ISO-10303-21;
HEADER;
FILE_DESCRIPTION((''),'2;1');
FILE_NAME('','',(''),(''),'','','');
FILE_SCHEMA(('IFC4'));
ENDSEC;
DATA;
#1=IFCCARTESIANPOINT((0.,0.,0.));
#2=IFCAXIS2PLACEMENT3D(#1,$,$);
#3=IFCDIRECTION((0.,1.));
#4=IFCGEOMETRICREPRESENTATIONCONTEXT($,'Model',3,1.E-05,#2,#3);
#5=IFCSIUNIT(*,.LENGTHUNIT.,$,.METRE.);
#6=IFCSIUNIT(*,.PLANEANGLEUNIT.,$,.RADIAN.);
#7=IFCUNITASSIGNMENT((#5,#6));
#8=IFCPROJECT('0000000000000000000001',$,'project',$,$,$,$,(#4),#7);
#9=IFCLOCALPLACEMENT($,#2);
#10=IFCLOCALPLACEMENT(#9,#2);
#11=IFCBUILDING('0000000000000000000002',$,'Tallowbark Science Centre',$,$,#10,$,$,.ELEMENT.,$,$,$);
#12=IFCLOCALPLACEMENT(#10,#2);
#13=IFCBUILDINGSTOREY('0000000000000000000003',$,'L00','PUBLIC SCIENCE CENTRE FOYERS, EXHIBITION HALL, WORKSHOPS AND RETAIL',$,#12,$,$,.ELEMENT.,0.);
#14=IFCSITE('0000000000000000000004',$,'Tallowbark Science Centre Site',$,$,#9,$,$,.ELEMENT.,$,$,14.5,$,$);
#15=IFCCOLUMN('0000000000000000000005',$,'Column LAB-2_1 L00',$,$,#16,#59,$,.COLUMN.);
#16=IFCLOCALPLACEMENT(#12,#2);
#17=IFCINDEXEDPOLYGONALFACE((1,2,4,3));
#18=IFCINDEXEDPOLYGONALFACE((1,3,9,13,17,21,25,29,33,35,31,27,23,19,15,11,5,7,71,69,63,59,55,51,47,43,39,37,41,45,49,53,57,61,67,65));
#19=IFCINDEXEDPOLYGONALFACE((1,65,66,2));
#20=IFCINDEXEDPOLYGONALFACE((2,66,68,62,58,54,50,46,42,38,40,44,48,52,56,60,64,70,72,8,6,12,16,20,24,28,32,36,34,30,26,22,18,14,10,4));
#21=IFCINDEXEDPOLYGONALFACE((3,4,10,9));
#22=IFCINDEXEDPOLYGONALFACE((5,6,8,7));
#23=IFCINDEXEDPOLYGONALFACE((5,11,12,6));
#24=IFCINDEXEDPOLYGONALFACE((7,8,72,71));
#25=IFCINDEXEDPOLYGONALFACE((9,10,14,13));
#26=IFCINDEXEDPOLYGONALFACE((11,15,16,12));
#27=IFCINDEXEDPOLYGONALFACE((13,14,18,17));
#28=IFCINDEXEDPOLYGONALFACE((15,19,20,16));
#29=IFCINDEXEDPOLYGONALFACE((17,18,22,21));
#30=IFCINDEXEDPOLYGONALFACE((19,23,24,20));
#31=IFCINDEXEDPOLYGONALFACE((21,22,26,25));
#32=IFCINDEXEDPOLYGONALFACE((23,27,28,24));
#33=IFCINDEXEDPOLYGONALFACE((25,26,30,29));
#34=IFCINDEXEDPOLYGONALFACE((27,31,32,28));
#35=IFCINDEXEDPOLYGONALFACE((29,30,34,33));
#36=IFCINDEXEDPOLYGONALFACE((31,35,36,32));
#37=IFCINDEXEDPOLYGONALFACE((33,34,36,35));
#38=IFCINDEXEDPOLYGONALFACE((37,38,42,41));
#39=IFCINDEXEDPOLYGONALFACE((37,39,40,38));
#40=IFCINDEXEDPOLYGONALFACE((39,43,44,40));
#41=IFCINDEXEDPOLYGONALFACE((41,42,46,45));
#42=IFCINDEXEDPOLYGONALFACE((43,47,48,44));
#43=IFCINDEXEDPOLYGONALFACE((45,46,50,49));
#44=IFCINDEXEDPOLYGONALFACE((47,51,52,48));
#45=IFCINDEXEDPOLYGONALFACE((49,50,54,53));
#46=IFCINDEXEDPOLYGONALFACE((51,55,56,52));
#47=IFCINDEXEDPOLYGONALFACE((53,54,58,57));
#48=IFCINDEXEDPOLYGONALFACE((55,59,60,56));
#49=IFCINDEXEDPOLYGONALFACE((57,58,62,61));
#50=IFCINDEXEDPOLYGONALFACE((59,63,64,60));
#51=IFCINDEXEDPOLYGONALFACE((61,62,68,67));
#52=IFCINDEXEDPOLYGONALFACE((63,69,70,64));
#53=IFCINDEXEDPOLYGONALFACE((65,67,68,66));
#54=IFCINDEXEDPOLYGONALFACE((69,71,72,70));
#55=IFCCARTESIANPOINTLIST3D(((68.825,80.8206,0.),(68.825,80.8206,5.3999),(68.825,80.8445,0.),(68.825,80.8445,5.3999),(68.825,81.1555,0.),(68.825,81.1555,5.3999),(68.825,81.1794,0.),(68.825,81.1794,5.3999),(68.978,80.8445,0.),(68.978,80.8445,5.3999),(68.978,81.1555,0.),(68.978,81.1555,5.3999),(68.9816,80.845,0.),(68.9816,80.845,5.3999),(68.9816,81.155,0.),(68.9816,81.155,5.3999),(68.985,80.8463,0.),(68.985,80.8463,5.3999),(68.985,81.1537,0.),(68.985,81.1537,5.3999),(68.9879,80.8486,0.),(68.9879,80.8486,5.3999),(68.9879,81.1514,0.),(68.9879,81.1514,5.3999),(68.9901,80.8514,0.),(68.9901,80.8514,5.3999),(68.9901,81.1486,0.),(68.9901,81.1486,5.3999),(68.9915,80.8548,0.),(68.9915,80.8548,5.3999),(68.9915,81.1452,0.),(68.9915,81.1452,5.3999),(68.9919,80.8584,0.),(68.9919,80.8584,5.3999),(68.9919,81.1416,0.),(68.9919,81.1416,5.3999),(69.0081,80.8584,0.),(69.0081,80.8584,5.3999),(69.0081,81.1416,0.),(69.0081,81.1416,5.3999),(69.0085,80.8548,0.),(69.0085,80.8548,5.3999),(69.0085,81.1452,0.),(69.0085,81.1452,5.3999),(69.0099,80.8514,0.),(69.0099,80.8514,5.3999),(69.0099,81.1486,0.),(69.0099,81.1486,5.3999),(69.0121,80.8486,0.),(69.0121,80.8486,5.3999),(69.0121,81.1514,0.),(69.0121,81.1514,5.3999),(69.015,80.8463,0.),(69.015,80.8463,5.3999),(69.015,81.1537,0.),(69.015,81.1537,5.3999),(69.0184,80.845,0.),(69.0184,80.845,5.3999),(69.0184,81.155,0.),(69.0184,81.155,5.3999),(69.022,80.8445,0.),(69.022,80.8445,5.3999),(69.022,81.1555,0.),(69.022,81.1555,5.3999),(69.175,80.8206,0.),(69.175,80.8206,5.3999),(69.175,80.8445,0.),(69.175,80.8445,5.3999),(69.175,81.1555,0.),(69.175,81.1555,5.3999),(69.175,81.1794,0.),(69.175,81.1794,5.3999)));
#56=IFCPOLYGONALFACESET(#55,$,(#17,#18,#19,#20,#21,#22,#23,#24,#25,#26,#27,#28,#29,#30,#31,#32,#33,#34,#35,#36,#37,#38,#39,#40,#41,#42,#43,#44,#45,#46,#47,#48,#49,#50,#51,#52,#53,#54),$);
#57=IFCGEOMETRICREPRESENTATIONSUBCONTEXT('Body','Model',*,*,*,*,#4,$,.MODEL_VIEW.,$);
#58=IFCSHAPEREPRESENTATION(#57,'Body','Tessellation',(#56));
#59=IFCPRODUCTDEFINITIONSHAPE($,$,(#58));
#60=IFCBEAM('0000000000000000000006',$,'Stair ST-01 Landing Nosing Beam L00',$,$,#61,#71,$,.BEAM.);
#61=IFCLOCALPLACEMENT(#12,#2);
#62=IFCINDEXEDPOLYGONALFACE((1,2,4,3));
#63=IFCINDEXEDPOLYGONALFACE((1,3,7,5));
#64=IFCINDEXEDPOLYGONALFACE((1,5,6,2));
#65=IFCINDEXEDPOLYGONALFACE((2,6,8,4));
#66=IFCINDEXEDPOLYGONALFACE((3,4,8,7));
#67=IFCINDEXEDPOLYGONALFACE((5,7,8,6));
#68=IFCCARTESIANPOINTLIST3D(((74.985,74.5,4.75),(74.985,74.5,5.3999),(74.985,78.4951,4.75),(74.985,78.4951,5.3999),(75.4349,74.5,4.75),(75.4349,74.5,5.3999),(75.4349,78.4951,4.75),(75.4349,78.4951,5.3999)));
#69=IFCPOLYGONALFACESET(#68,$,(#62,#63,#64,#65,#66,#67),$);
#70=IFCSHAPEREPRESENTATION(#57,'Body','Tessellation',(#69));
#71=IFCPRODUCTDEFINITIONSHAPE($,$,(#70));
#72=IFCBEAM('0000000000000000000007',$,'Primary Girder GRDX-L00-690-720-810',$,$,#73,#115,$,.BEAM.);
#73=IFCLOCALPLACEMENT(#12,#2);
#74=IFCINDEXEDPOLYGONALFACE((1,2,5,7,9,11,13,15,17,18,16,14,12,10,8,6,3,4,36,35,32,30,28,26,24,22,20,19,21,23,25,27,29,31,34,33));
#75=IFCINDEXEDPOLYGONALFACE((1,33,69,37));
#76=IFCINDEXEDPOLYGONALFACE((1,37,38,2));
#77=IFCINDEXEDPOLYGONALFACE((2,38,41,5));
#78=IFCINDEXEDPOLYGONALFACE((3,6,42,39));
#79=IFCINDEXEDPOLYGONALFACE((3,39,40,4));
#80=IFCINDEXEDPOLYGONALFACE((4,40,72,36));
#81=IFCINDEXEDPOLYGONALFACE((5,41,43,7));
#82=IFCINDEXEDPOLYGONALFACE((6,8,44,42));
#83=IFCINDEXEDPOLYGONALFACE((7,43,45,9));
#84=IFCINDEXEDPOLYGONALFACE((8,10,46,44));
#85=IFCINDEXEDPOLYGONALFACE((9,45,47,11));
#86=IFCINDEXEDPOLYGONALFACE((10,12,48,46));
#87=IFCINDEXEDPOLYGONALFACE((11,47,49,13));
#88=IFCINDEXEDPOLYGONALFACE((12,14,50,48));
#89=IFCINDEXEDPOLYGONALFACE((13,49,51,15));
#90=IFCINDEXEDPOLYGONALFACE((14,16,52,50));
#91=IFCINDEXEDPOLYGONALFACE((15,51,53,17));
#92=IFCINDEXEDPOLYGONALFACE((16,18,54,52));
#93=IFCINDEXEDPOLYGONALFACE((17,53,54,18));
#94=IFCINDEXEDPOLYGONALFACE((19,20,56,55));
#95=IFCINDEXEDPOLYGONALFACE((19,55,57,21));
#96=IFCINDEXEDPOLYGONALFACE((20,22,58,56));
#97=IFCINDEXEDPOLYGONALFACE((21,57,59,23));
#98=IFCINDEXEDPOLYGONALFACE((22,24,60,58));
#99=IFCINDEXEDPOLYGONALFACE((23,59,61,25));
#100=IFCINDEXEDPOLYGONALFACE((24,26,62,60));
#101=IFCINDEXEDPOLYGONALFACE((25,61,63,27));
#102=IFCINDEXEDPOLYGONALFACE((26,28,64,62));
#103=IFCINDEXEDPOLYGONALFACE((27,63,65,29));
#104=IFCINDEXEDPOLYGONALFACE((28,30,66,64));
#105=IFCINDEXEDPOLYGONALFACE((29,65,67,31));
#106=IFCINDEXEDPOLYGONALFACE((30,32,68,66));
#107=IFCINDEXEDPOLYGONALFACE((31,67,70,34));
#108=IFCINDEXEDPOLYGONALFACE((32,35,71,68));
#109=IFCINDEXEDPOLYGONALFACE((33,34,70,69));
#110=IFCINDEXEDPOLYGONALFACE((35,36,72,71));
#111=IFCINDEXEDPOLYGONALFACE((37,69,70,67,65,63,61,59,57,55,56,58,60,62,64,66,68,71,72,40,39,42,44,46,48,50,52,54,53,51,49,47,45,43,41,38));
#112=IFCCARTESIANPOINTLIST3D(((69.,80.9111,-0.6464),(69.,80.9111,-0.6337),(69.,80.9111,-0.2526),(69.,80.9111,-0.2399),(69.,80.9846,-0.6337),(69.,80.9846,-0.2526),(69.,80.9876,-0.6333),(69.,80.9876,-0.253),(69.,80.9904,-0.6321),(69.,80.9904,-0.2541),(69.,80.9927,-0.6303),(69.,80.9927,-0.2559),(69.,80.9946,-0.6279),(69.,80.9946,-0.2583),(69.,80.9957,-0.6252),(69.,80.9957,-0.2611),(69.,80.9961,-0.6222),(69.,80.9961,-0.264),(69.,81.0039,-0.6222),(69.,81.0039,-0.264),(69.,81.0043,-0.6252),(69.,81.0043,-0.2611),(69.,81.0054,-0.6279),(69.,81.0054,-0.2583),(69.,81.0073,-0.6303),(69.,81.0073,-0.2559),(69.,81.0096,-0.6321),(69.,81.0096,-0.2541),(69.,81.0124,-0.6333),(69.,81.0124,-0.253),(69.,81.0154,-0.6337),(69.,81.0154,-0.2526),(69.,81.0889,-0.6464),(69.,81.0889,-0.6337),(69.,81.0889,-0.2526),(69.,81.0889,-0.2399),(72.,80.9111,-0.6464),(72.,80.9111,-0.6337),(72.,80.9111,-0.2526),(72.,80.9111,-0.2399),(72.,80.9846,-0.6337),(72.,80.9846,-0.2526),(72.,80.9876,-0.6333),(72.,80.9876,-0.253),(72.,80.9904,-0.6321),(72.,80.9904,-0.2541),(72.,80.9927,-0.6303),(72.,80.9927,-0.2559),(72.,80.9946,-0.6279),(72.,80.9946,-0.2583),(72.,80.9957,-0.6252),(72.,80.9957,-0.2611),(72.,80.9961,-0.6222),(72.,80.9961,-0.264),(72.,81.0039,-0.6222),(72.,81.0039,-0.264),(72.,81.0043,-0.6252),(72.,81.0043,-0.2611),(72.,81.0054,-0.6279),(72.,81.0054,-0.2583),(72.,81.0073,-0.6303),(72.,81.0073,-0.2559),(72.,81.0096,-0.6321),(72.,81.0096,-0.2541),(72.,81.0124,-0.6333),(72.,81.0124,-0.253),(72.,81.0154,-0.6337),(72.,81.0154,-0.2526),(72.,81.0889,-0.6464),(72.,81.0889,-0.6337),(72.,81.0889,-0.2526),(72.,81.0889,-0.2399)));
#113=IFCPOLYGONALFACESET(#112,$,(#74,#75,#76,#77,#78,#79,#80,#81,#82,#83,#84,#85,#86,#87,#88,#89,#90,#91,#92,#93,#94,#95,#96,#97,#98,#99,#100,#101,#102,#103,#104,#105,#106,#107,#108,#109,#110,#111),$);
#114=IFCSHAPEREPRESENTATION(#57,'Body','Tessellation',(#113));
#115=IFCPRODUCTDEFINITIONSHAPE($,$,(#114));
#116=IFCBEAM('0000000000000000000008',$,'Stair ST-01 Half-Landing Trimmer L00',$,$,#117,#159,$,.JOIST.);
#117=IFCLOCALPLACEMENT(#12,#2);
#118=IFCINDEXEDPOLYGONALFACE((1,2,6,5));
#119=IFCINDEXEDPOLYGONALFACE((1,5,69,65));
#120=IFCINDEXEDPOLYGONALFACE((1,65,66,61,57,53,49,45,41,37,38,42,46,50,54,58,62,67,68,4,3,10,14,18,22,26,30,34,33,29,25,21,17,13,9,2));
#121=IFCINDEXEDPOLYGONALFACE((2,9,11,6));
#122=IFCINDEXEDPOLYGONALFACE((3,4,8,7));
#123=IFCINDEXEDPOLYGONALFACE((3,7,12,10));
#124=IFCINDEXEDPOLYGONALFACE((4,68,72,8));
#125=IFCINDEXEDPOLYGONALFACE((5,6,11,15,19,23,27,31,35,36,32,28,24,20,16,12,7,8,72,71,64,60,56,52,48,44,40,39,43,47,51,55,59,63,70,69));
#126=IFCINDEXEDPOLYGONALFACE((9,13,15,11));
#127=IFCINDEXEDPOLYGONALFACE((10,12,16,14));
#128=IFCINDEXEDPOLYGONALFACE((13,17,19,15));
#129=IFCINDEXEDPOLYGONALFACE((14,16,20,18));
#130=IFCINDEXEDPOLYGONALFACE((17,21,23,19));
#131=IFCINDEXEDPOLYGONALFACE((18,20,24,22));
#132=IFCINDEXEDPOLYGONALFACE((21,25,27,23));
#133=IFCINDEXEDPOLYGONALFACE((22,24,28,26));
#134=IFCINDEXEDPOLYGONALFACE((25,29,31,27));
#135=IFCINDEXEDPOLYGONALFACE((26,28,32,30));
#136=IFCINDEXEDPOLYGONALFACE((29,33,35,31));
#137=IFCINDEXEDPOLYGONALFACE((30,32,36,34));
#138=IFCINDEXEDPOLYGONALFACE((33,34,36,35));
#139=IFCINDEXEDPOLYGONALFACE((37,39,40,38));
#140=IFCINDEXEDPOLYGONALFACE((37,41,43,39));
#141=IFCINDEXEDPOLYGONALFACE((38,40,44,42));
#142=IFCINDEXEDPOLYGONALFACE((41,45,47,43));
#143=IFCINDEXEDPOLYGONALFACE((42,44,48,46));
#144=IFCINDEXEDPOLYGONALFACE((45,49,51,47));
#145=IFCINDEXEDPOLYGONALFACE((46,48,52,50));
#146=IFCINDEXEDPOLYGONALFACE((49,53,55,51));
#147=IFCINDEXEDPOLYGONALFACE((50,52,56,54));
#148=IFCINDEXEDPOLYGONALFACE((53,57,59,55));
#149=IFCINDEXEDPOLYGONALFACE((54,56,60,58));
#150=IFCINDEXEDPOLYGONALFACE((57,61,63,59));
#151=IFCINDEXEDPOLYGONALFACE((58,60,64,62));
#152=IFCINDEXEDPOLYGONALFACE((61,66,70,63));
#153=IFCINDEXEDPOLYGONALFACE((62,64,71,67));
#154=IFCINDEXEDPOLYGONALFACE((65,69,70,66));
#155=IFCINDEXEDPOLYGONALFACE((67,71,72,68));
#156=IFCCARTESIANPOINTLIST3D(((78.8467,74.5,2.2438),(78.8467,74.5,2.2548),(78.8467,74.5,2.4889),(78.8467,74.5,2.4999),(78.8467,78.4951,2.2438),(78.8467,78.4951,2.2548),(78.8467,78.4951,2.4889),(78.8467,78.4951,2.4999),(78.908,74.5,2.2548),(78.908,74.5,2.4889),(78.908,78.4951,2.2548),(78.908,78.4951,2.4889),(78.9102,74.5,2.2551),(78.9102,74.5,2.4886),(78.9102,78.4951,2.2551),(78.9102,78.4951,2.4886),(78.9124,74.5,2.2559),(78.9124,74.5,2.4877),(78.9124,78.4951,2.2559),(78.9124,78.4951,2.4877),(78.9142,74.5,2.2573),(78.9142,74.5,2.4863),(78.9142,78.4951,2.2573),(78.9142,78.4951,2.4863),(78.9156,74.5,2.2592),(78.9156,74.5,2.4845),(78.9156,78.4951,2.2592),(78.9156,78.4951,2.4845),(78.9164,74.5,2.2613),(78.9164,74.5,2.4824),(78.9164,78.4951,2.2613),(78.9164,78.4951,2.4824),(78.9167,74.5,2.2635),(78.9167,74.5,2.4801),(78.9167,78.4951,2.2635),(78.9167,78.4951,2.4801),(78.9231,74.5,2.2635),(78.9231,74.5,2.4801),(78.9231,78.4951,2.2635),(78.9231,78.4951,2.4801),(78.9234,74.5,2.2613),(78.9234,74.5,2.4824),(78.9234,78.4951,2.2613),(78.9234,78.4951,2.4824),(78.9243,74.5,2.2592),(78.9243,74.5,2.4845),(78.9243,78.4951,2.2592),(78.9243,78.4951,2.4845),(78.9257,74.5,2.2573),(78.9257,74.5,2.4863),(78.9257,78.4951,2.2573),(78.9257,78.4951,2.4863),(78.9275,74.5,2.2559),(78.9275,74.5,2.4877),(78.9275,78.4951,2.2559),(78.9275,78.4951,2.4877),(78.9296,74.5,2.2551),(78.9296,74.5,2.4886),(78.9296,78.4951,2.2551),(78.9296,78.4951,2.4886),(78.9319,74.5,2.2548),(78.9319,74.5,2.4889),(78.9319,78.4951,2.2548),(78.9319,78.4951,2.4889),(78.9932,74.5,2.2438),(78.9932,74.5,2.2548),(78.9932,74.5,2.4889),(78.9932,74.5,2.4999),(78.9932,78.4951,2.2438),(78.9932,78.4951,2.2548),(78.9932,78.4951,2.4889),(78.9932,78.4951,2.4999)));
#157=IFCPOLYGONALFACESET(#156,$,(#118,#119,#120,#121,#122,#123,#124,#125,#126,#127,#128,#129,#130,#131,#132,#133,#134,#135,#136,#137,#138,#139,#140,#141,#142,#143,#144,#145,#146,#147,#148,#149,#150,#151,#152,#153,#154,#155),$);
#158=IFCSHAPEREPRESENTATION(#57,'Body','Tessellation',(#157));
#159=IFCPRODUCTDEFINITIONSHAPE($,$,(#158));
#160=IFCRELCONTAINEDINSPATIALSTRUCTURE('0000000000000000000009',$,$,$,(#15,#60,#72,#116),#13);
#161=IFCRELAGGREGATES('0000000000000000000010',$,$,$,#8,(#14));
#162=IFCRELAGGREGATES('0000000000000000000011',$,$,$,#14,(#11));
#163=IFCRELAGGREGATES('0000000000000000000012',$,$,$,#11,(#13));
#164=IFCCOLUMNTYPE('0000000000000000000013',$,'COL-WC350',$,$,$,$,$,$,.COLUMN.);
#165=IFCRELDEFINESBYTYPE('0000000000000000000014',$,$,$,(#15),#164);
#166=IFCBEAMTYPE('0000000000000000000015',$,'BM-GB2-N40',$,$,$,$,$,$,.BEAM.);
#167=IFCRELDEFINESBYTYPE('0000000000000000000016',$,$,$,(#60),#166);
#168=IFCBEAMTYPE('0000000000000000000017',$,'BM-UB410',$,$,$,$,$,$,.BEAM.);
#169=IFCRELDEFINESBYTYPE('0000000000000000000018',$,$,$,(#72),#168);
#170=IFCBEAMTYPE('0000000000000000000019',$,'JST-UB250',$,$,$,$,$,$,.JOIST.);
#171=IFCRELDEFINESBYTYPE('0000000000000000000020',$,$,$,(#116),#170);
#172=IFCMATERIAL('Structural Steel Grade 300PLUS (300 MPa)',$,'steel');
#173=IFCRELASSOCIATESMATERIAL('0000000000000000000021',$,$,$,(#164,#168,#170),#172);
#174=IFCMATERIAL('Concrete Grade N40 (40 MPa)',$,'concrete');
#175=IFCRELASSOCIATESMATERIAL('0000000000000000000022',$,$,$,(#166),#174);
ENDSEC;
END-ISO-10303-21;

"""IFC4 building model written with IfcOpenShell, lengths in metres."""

from ifc_helpers import new_model, si_unit, direction, frame, origin, origin_2d, place, context, subcontext, project, spatial, rectangle, i_section, extrude, material, material_profile, profile_set, type_object, element, save


model = new_model("IFC4")

# Units and contexts
model_context = context("Model", 3, precision=1e-05, world=origin(), true_north=direction((0.0, 1.0)))
body_context = subcontext(model_context, "Body", "Model", "MODEL_VIEW")
ifc_project = project(units=[si_unit("LENGTHUNIT", "METRE"), si_unit("PLANEANGLEUNIT", "RADIAN")], contexts=[model_context])

# Site, building, storey
site_placement = place(None, origin())
site = spatial("IfcSite", under=ifc_project, at=site_placement, Name="Tallowbark Science Centre Site", CompositionType="ELEMENT", RefElevation=14.5)
building_placement = place(site_placement, origin())
building = spatial("IfcBuilding", under=site, at=building_placement, Name="Tallowbark Science Centre", CompositionType="ELEMENT")
storey_placement = place(building_placement, origin())
storey = spatial("IfcBuildingStorey", under=building, at=storey_placement, Name="L00", Description="PUBLIC SCIENCE CENTRE FOYERS, EXHIBITION HALL, WORKSHOPS AND RETAIL", CompositionType="ELEMENT", Elevation=0.0)

# Column
ifc_material_1 = material(Name="Structural Steel Grade 300PLUS (300 MPa)", Category="steel")
ifc_material_profile_1 = material_profile(ifc_material_1, i_section(OverallWidth=0.3501, OverallDepth=0.3589, WebThickness=0.0161, FlangeThickness=0.0239, FilletRadius=0.0139, at=origin_2d()), Name="350WC197")
ifc_profile_set_1 = profile_set([ifc_material_profile_1], Name="Structural Steel Grade 300PLUS (300 MPa)")
column_type = type_object("IfcColumnType", Name="COL-WC350", PredefinedType="COLUMN", material=ifc_profile_set_1)
column_placement = place(storey_placement, frame((69.0, 81.0, 0.0), z_axis=(0.0, 0.0, 1.0), x_axis=(1.0, 0.0, 0.0)))
element("IfcColumn", 1, at=column_placement, inside=storey, type_object=column_type, Name="Column LAB-2_1 L00", PredefinedType="COLUMN", context=body_context, shape_type="SweptSolid", body=[
    extrude(i_section(OverallWidth=0.3501, OverallDepth=0.3589, WebThickness=0.0161, FlangeThickness=0.0239, FilletRadius=0.0139, at=origin_2d()), origin(), (0.0, 0.0, 1.0), 5.3999),
])

# Beams
ifc_material_2 = material(Name="Concrete Grade N40 (40 MPa)", Category="concrete")
ifc_material_profile_2 = material_profile(ifc_material_2, rectangle(XDim=0.45, YDim=0.6499, at=origin_2d()), Name="RC450x650")
ifc_profile_set_2 = profile_set([ifc_material_profile_2], Name="Concrete Grade N40 (40 MPa)")
beam_type_1 = type_object("IfcBeamType", Name="BM-GB2-N40", PredefinedType="BEAM", material=ifc_profile_set_2)
beam_1_placement = place(storey_placement, frame((75.21, 74.5, 5.075), z_axis=(0.0, 1.0, 0.0), x_axis=(-1.0, 0.0, 0.0)))
element("IfcBeam", 2, at=beam_1_placement, inside=storey, type_object=beam_type_1, Name="Stair ST-01 Landing Nosing Beam L00", PredefinedType="BEAM", context=body_context, shape_type="SweptSolid", body=[
    extrude(rectangle(XDim=0.45, YDim=0.6499, at=origin_2d()), origin(), (0.0, 0.0, 1.0), 3.9951),
])
ifc_material_profile_3 = material_profile(ifc_material_1, i_section(OverallWidth=0.1777, OverallDepth=0.4065, WebThickness=0.0078, FlangeThickness=0.0127, FilletRadius=0.0115, at=origin_2d()), Name="410UB59.7")
ifc_profile_set_3 = profile_set([ifc_material_profile_3], Name="Structural Steel Grade 300PLUS (300 MPa)")
beam_type_2 = type_object("IfcBeamType", Name="BM-UB410", PredefinedType="BEAM", material=ifc_profile_set_3)
beam_2_placement = place(storey_placement, frame((69.0, 81.0, -0.4431), z_axis=(1.0, 0.0, 0.0), x_axis=(0.0, 1.0, 0.0)))
element("IfcBeam", 3, at=beam_2_placement, inside=storey, type_object=beam_type_2, Name="Primary Girder GRDX-L00-690-720-810", PredefinedType="BEAM", context=body_context, shape_type="SweptSolid", body=[
    extrude(i_section(OverallWidth=0.1777, OverallDepth=0.4065, WebThickness=0.0078, FlangeThickness=0.0127, FilletRadius=0.0115, at=origin_2d()), origin(), (0.0, 0.0, 1.0), 3.0),
])
ifc_material_profile_4 = material_profile(ifc_material_1, i_section(OverallWidth=0.1465, OverallDepth=0.2561, WebThickness=0.0063, FlangeThickness=0.011, FilletRadius=0.0088, at=origin_2d()), Name="250UB37.3")
ifc_profile_set_4 = profile_set([ifc_material_profile_4], Name="Structural Steel Grade 300PLUS (300 MPa)")
beam_type_3 = type_object("IfcBeamType", Name="JST-UB250", PredefinedType="JOIST", material=ifc_profile_set_4)
beam_3_placement = place(storey_placement, frame((78.9199, 74.5, 2.3718), z_axis=(0.0, 1.0, 0.0), x_axis=(-1.0, 0.0, 0.0)))
element("IfcBeam", 4, at=beam_3_placement, inside=storey, type_object=beam_type_3, Name="Stair ST-01 Half-Landing Trimmer L00", PredefinedType="JOIST", context=body_context, shape_type="SweptSolid", body=[
    extrude(i_section(OverallWidth=0.1465, OverallDepth=0.2561, WebThickness=0.0063, FlangeThickness=0.011, FilletRadius=0.0088, at=origin_2d()), origin(), (0.0, 0.0, 1.0), 3.9951),
])

save(model, "model.ifc")
